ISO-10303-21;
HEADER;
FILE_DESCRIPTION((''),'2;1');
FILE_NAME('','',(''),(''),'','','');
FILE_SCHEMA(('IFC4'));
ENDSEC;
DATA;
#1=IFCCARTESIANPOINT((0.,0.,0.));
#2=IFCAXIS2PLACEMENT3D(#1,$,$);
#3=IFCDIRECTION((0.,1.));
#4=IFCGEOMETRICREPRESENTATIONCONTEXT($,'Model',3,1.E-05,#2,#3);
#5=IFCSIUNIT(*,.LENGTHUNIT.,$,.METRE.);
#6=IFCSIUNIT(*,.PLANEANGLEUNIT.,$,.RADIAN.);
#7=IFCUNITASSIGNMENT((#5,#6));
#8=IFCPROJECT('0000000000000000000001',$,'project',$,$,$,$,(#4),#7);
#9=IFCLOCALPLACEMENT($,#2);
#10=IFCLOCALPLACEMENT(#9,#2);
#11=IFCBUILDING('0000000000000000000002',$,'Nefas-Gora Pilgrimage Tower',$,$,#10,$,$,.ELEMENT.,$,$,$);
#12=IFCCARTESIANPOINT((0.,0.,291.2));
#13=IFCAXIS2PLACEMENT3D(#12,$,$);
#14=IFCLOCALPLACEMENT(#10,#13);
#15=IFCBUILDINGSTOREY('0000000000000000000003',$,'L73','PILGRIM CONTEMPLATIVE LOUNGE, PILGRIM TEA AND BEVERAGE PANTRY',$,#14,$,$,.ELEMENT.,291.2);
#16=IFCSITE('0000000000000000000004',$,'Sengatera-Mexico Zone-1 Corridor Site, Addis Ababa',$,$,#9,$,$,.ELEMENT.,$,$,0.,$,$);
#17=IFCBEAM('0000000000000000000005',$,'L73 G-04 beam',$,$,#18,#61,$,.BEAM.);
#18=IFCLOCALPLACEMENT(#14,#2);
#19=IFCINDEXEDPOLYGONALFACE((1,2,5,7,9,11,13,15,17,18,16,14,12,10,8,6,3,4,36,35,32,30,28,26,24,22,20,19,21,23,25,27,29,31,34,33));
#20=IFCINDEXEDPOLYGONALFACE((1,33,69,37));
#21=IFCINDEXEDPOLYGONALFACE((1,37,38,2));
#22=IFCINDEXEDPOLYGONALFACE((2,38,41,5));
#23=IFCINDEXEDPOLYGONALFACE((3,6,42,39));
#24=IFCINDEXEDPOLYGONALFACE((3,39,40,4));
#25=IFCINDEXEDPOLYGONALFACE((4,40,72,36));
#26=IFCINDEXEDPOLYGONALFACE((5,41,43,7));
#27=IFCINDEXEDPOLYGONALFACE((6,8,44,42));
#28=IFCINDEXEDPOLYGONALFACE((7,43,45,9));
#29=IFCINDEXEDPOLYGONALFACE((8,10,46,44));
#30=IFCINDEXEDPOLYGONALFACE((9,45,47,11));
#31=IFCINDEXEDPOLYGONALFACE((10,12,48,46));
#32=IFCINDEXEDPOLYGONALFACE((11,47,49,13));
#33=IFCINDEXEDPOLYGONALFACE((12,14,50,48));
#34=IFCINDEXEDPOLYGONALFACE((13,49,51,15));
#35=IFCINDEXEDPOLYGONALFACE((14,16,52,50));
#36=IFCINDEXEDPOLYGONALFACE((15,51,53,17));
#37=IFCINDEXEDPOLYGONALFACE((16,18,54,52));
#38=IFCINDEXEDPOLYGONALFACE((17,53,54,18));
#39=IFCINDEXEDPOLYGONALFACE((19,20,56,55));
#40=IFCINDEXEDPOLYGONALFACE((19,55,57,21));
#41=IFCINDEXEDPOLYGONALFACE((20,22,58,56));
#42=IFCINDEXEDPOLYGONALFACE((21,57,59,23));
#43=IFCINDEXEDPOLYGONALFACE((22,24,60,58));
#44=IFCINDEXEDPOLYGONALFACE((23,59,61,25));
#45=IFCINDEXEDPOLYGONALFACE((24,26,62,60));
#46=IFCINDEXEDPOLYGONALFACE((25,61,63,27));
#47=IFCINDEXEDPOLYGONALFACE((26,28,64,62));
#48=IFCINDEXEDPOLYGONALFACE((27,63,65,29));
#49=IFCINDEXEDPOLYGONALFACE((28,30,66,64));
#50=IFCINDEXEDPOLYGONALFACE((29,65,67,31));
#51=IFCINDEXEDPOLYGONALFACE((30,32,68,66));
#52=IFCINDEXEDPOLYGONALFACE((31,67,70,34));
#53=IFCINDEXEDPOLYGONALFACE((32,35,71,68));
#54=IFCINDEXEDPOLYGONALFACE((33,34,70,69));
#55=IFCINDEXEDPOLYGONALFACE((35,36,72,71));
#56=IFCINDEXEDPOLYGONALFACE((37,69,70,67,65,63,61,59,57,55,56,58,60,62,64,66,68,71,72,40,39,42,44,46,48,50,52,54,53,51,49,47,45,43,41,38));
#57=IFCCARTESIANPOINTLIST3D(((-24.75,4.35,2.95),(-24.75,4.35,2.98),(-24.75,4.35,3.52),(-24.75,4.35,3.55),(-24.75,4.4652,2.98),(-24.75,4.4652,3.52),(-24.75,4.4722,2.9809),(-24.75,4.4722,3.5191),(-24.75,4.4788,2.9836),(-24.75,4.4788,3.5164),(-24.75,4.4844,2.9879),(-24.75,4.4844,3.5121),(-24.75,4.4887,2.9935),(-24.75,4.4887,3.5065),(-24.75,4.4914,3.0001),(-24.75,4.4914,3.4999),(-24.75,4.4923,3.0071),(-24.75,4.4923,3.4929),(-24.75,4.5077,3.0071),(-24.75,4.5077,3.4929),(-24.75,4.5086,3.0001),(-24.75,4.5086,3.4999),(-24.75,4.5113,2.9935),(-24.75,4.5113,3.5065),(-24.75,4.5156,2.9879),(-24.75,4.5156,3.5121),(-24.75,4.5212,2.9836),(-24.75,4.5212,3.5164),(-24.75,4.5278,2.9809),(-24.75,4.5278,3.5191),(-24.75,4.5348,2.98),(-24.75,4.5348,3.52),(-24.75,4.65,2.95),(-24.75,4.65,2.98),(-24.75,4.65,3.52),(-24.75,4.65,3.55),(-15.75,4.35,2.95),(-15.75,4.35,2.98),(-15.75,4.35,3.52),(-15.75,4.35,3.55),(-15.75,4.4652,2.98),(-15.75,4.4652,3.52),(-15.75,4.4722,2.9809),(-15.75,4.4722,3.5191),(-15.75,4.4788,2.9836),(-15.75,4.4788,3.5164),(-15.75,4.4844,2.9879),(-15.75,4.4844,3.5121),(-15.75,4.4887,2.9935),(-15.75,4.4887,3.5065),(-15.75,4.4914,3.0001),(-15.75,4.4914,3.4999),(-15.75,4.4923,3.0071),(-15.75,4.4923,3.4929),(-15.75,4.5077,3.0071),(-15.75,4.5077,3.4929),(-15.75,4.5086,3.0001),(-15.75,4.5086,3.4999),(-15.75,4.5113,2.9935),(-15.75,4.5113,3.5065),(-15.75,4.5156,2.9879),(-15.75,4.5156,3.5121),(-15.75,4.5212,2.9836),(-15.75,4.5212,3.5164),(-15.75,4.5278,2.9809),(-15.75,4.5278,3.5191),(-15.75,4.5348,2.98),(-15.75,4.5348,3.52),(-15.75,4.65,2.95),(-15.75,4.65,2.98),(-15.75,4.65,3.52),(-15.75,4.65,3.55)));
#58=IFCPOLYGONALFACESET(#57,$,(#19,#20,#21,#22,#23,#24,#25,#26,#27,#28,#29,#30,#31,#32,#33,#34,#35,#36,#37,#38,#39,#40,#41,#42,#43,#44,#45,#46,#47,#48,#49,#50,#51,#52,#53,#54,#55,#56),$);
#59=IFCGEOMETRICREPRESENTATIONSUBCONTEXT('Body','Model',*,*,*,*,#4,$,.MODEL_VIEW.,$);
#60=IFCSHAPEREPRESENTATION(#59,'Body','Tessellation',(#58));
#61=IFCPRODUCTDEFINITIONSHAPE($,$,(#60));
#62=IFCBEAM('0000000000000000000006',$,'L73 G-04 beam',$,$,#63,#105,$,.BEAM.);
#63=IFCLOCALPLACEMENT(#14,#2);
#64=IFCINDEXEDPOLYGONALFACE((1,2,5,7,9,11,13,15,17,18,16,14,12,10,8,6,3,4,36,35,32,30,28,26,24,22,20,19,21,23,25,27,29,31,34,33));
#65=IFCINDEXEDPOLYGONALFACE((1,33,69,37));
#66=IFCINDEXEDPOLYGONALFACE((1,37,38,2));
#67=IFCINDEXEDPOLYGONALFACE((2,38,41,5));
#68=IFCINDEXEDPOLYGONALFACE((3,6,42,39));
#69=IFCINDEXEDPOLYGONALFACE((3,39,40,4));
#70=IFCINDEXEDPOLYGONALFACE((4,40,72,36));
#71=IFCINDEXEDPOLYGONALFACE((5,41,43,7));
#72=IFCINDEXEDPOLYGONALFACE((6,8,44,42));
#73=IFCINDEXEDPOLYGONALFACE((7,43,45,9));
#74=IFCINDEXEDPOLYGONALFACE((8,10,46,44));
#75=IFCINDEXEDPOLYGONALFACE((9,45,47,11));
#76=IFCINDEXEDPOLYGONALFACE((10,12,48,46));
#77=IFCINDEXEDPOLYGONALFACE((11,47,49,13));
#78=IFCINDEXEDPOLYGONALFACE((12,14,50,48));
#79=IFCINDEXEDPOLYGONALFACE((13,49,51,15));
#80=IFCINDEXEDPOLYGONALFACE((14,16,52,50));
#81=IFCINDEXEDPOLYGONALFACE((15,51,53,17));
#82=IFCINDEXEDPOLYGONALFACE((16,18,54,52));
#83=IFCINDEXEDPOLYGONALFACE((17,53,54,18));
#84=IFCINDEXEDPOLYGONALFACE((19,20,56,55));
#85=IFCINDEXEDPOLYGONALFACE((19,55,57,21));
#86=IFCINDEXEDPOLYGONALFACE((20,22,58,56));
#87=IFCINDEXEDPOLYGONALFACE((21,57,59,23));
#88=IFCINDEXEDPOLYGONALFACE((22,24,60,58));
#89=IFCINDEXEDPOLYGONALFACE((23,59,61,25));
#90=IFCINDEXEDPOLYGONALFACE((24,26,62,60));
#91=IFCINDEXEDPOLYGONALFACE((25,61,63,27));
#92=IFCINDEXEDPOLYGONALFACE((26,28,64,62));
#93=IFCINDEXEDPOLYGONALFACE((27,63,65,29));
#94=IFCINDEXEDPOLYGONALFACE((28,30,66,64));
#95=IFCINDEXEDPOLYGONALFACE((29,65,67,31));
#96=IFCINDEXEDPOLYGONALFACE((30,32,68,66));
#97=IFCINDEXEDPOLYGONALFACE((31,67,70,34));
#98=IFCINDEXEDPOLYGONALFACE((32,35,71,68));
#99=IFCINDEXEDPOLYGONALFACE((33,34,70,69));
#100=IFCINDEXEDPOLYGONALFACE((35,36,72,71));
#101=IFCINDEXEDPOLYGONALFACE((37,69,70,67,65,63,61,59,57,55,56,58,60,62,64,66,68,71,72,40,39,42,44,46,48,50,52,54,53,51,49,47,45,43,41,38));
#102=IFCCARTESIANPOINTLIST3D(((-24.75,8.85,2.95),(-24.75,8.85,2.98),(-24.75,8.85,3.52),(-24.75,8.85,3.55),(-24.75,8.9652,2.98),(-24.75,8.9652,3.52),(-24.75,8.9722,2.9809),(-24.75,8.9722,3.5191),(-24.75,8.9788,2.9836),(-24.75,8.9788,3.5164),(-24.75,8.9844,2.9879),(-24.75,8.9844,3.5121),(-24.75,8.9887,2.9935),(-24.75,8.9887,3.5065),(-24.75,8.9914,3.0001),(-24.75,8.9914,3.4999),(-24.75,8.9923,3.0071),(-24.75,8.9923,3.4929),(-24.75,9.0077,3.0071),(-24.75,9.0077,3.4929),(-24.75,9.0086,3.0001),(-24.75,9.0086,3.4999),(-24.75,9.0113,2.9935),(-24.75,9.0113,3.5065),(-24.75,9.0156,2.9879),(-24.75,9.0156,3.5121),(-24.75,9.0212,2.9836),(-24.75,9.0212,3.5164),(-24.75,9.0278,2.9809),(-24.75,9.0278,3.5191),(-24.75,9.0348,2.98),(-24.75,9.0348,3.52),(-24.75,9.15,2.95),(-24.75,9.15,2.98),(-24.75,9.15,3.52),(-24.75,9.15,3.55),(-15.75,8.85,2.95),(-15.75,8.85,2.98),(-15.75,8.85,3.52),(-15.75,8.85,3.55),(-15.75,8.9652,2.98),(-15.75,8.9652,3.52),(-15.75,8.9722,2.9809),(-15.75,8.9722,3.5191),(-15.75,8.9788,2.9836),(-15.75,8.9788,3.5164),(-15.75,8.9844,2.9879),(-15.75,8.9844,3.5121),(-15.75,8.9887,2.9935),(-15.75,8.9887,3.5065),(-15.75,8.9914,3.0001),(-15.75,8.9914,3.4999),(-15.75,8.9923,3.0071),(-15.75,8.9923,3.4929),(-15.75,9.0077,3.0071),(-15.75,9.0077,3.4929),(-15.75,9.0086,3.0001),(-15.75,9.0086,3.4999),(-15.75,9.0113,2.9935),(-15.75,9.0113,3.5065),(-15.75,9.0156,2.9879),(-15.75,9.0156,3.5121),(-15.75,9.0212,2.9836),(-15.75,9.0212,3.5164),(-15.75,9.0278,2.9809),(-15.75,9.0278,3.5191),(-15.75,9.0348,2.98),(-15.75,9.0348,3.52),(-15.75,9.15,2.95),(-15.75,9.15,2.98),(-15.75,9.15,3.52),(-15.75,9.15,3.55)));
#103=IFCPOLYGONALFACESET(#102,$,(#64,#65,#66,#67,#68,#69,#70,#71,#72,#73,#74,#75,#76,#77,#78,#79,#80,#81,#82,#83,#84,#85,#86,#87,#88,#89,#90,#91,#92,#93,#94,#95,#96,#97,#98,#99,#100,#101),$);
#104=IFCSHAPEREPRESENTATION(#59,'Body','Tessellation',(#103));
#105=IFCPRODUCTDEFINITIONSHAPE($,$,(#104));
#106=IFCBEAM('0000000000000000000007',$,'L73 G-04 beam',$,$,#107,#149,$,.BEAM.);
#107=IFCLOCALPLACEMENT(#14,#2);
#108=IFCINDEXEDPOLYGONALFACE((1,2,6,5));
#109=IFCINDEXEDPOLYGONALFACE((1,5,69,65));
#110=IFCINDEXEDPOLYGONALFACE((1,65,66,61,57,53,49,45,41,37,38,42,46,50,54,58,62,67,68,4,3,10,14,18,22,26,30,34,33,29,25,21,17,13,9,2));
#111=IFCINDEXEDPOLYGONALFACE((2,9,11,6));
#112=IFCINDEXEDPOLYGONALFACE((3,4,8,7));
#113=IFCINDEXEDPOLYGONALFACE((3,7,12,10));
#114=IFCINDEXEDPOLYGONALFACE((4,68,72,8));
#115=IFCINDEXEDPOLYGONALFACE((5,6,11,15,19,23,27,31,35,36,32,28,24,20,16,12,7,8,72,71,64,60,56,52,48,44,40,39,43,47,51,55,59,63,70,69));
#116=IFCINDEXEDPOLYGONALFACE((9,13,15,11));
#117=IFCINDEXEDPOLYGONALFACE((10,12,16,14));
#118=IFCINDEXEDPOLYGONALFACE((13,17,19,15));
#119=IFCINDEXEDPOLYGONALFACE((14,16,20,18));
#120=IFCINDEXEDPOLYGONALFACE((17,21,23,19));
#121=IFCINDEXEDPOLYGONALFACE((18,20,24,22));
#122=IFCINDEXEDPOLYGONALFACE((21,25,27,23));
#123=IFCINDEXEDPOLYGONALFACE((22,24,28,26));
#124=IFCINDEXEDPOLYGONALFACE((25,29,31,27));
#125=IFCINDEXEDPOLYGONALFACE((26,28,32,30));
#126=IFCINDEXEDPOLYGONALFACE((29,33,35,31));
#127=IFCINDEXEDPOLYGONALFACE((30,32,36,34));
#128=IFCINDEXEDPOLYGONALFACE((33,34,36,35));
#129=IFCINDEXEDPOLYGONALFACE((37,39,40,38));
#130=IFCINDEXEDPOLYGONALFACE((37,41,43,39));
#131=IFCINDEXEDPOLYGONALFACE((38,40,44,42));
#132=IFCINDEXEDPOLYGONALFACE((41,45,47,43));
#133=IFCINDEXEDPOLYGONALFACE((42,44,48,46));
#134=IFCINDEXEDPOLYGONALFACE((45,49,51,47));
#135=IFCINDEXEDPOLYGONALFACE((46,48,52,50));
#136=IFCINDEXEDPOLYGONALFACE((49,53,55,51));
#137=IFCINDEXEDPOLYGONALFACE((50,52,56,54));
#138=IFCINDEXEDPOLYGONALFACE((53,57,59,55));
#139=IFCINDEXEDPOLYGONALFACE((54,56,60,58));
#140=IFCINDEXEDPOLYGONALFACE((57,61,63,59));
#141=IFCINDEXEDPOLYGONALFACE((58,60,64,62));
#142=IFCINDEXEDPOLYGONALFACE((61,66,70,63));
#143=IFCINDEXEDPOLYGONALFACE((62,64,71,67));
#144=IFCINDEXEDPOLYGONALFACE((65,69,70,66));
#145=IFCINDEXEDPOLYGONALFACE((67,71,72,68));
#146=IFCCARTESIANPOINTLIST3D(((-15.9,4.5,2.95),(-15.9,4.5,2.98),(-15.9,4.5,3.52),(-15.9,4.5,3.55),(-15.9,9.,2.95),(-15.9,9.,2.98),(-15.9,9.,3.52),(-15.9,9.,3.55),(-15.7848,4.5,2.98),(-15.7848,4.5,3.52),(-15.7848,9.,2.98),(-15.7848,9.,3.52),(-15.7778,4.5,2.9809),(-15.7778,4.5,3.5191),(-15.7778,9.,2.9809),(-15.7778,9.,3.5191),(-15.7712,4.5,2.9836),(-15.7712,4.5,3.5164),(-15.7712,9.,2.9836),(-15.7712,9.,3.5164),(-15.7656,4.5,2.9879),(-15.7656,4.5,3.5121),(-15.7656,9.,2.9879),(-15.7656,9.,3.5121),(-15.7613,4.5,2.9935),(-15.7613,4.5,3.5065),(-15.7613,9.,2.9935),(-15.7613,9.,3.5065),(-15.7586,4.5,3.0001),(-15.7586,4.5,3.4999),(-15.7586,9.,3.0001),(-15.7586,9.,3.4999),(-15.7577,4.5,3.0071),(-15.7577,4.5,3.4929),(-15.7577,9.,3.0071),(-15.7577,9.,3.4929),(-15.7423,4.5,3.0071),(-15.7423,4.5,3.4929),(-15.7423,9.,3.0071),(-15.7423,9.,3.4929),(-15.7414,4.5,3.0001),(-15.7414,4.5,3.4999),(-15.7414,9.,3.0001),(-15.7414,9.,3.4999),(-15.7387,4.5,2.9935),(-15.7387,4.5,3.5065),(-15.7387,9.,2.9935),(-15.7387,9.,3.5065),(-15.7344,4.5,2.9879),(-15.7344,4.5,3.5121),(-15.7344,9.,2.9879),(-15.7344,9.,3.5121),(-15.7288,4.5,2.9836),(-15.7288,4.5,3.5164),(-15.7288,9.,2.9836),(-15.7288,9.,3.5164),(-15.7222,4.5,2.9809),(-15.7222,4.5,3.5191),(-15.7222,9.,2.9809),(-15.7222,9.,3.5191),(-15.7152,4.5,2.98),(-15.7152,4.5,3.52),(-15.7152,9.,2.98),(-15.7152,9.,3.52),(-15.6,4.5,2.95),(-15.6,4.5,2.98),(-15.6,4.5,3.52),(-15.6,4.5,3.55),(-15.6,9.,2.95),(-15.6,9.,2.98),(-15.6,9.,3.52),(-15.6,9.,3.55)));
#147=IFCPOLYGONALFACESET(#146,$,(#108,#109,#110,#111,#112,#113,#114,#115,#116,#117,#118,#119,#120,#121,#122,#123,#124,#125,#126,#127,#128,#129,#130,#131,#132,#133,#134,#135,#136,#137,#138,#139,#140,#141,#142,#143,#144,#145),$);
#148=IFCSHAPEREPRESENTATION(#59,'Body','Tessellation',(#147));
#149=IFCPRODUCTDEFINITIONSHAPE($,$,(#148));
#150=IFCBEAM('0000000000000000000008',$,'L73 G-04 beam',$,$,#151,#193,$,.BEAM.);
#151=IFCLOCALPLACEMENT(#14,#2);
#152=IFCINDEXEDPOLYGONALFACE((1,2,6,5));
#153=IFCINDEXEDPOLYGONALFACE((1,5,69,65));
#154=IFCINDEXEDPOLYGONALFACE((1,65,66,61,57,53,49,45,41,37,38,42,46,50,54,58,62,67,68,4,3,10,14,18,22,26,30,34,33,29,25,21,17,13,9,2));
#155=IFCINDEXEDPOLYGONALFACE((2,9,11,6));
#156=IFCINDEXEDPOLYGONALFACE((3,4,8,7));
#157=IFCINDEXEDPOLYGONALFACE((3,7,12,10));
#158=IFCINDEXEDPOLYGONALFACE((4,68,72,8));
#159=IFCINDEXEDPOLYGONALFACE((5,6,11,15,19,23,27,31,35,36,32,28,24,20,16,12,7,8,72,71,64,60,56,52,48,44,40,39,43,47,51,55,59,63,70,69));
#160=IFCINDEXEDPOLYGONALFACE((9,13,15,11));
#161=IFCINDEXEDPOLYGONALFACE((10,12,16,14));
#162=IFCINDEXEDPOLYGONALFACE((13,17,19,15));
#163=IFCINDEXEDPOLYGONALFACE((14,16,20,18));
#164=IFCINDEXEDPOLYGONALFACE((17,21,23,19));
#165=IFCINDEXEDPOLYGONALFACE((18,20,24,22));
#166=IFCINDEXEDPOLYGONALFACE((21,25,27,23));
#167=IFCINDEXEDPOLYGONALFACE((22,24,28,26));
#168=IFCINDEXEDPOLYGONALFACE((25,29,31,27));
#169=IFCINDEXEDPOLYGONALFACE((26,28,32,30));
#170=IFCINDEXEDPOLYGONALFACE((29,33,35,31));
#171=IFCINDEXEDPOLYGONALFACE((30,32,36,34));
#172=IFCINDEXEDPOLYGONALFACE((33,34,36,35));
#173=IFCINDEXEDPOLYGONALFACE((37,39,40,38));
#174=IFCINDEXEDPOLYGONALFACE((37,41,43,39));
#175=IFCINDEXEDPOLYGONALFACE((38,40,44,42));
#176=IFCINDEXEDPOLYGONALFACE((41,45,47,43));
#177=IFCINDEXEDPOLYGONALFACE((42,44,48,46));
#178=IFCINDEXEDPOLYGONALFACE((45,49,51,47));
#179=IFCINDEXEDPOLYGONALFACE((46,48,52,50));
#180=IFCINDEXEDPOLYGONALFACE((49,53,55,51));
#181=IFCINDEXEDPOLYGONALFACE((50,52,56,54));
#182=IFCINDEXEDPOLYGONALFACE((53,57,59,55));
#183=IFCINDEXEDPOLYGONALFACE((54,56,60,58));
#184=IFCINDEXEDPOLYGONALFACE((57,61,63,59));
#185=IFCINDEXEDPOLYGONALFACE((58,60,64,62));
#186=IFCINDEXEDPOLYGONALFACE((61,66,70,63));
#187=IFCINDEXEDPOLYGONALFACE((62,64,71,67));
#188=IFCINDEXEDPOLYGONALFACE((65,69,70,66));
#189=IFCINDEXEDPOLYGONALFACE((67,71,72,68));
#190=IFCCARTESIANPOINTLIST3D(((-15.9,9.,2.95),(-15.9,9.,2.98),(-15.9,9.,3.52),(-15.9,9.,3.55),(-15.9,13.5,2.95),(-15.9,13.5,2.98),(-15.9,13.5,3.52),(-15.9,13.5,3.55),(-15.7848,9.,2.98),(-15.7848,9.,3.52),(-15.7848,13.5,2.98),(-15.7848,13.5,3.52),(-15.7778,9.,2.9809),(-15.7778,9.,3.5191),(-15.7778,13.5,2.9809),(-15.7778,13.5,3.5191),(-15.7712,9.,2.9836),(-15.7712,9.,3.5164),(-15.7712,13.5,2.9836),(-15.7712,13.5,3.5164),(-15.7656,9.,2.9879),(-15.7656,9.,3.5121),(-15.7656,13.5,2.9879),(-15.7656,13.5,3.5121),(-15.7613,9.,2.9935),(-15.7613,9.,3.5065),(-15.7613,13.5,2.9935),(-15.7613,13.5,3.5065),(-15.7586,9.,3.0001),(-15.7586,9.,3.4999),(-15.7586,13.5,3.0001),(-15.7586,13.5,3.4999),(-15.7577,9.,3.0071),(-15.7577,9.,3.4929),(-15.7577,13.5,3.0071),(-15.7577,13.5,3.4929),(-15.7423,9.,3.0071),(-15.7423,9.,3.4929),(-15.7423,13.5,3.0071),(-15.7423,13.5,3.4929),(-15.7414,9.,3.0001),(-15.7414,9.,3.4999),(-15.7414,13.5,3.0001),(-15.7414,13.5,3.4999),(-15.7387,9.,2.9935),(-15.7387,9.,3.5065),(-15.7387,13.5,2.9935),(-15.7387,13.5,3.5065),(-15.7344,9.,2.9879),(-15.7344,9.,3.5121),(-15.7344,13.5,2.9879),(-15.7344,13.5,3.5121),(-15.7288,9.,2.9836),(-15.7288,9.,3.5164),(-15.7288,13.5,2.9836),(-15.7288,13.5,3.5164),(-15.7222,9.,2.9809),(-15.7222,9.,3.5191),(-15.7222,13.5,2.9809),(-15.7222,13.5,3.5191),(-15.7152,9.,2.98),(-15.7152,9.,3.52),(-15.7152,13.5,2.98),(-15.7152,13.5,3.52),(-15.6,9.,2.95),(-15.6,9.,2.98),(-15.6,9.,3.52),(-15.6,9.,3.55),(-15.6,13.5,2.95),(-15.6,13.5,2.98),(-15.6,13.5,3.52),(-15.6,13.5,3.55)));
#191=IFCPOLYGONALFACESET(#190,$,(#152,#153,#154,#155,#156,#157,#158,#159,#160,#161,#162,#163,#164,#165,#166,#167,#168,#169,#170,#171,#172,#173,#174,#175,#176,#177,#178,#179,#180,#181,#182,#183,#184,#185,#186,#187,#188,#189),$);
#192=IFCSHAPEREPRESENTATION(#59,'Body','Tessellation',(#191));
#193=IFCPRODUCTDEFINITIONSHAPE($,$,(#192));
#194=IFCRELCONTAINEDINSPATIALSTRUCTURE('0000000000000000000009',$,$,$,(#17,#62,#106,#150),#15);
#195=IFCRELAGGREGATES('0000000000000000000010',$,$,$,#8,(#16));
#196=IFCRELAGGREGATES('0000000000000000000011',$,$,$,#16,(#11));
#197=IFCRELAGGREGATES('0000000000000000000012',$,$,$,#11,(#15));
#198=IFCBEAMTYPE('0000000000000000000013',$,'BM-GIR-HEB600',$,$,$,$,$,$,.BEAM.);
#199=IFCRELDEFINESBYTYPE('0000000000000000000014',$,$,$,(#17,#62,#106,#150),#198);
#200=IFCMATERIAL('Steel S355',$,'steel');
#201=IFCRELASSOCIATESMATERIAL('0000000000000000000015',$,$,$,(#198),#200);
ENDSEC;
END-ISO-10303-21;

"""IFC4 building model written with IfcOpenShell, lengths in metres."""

from ifc_helpers import new_model, si_unit, direction, frame, origin, origin_2d, place, context, subcontext, project, spatial, i_section, extrude, source, transform, mapped, material, material_profile, profile_set, type_object, element, save


model = new_model("IFC4")

# Units and contexts
model_context = context("Model", 3, precision=1e-05, world=origin(), true_north=direction((0.0, 1.0)))
body_context = subcontext(model_context, "Body", "Model", "MODEL_VIEW")
ifc_project = project(units=[si_unit("LENGTHUNIT", "METRE"), si_unit("PLANEANGLEUNIT", "RADIAN")], contexts=[model_context])

# Site, building, storey
site_placement = place(None, origin())
site = spatial("IfcSite", under=ifc_project, at=site_placement, Name="Sengatera-Mexico Zone-1 Corridor Site, Addis Ababa", CompositionType="ELEMENT", RefElevation=0.0)
building_placement = place(site_placement, origin())
building = spatial("IfcBuilding", under=site, at=building_placement, Name="Nefas-Gora Pilgrimage Tower", CompositionType="ELEMENT")
storey_placement = place(building_placement, frame((0.0, 0.0, 291.2)))
storey = spatial("IfcBuildingStorey", under=building, at=storey_placement, Name="L73", Description="PILGRIM CONTEMPLATIVE LOUNGE, PILGRIM TEA AND BEVERAGE PANTRY", CompositionType="ELEMENT", Elevation=291.2)

# Shared definitions
ifc_material_1 = material(Name="Steel S355", Category="steel")

# Beams
ifc_material_profile_1 = material_profile(ifc_material_1, i_section(OverallWidth=0.3, OverallDepth=0.6001, WebThickness=0.0154, FlangeThickness=0.03, FilletRadius=0.0271, at=origin_2d()), Name="HEB 600")
ifc_profile_set_1 = profile_set([ifc_material_profile_1], Name="Steel S355")
beam_type_1 = type_object("IfcBeamType", Name="BM-GIR-HEB600", PredefinedType="BEAM", material=ifc_profile_set_1)
shared_shape_1 = source(origin(), body_context, "Body", "SweptSolid", [
    extrude(i_section(OverallWidth=0.3, OverallDepth=0.6001, WebThickness=0.0154, FlangeThickness=0.03, FilletRadius=0.0271, at=origin_2d()), origin(), (0.0, 0.0, 1.0), 9.0),
])
for number, where, z_axis, x_axis, name in (
    (1, (-24.75, 4.5, 3.25), (1.0, 0.0, 0.0), (0.0, 1.0, 0.0), "L73 G-04 beam"),
    (2, (-24.75, 9.0, 3.25), (1.0, 0.0, 0.0), (0.0, 1.0, 0.0), "L73 G-04 beam"),
):
    element("IfcBeam", number, at=place(storey_placement, frame(where, z_axis=z_axis, x_axis=x_axis)), inside=storey, type_object=beam_type_1, Name=name, PredefinedType="BEAM", context=body_context, shape_type="MappedRepresentation", body=[
        mapped(shared_shape_1, transform((0.0, 0.0, 0.0), x_axis=(1.0, 0.0, 0.0), y_axis=(0.0, 1.0, 0.0), z_axis=(0.0, 0.0, 1.0), scale=1.0)),
    ])
shared_shape_2 = source(origin(), body_context, "Body", "SweptSolid", [
    extrude(i_section(OverallWidth=0.3, OverallDepth=0.6001, WebThickness=0.0154, FlangeThickness=0.03, FilletRadius=0.0271, at=origin_2d()), origin(), (0.0, 0.0, 1.0), 4.5),
])
for number, where, z_axis, x_axis, name in (
    (3, (-15.75, 4.5, 3.25), (0.0, 1.0, 0.0), (-1.0, 0.0, 0.0), "L73 G-04 beam"),
    (4, (-15.75, 9.0, 3.25), (0.0, 1.0, 0.0), (-1.0, 0.0, 0.0), "L73 G-04 beam"),
):
    element("IfcBeam", number, at=place(storey_placement, frame(where, z_axis=z_axis, x_axis=x_axis)), inside=storey, type_object=beam_type_1, Name=name, PredefinedType="BEAM", context=body_context, shape_type="MappedRepresentation", body=[
        mapped(shared_shape_2, transform((0.0, 0.0, 0.0), x_axis=(1.0, 0.0, 0.0), y_axis=(0.0, 1.0, 0.0), z_axis=(0.0, 0.0, 1.0), scale=1.0)),
    ])

save(model, "model.ifc")
